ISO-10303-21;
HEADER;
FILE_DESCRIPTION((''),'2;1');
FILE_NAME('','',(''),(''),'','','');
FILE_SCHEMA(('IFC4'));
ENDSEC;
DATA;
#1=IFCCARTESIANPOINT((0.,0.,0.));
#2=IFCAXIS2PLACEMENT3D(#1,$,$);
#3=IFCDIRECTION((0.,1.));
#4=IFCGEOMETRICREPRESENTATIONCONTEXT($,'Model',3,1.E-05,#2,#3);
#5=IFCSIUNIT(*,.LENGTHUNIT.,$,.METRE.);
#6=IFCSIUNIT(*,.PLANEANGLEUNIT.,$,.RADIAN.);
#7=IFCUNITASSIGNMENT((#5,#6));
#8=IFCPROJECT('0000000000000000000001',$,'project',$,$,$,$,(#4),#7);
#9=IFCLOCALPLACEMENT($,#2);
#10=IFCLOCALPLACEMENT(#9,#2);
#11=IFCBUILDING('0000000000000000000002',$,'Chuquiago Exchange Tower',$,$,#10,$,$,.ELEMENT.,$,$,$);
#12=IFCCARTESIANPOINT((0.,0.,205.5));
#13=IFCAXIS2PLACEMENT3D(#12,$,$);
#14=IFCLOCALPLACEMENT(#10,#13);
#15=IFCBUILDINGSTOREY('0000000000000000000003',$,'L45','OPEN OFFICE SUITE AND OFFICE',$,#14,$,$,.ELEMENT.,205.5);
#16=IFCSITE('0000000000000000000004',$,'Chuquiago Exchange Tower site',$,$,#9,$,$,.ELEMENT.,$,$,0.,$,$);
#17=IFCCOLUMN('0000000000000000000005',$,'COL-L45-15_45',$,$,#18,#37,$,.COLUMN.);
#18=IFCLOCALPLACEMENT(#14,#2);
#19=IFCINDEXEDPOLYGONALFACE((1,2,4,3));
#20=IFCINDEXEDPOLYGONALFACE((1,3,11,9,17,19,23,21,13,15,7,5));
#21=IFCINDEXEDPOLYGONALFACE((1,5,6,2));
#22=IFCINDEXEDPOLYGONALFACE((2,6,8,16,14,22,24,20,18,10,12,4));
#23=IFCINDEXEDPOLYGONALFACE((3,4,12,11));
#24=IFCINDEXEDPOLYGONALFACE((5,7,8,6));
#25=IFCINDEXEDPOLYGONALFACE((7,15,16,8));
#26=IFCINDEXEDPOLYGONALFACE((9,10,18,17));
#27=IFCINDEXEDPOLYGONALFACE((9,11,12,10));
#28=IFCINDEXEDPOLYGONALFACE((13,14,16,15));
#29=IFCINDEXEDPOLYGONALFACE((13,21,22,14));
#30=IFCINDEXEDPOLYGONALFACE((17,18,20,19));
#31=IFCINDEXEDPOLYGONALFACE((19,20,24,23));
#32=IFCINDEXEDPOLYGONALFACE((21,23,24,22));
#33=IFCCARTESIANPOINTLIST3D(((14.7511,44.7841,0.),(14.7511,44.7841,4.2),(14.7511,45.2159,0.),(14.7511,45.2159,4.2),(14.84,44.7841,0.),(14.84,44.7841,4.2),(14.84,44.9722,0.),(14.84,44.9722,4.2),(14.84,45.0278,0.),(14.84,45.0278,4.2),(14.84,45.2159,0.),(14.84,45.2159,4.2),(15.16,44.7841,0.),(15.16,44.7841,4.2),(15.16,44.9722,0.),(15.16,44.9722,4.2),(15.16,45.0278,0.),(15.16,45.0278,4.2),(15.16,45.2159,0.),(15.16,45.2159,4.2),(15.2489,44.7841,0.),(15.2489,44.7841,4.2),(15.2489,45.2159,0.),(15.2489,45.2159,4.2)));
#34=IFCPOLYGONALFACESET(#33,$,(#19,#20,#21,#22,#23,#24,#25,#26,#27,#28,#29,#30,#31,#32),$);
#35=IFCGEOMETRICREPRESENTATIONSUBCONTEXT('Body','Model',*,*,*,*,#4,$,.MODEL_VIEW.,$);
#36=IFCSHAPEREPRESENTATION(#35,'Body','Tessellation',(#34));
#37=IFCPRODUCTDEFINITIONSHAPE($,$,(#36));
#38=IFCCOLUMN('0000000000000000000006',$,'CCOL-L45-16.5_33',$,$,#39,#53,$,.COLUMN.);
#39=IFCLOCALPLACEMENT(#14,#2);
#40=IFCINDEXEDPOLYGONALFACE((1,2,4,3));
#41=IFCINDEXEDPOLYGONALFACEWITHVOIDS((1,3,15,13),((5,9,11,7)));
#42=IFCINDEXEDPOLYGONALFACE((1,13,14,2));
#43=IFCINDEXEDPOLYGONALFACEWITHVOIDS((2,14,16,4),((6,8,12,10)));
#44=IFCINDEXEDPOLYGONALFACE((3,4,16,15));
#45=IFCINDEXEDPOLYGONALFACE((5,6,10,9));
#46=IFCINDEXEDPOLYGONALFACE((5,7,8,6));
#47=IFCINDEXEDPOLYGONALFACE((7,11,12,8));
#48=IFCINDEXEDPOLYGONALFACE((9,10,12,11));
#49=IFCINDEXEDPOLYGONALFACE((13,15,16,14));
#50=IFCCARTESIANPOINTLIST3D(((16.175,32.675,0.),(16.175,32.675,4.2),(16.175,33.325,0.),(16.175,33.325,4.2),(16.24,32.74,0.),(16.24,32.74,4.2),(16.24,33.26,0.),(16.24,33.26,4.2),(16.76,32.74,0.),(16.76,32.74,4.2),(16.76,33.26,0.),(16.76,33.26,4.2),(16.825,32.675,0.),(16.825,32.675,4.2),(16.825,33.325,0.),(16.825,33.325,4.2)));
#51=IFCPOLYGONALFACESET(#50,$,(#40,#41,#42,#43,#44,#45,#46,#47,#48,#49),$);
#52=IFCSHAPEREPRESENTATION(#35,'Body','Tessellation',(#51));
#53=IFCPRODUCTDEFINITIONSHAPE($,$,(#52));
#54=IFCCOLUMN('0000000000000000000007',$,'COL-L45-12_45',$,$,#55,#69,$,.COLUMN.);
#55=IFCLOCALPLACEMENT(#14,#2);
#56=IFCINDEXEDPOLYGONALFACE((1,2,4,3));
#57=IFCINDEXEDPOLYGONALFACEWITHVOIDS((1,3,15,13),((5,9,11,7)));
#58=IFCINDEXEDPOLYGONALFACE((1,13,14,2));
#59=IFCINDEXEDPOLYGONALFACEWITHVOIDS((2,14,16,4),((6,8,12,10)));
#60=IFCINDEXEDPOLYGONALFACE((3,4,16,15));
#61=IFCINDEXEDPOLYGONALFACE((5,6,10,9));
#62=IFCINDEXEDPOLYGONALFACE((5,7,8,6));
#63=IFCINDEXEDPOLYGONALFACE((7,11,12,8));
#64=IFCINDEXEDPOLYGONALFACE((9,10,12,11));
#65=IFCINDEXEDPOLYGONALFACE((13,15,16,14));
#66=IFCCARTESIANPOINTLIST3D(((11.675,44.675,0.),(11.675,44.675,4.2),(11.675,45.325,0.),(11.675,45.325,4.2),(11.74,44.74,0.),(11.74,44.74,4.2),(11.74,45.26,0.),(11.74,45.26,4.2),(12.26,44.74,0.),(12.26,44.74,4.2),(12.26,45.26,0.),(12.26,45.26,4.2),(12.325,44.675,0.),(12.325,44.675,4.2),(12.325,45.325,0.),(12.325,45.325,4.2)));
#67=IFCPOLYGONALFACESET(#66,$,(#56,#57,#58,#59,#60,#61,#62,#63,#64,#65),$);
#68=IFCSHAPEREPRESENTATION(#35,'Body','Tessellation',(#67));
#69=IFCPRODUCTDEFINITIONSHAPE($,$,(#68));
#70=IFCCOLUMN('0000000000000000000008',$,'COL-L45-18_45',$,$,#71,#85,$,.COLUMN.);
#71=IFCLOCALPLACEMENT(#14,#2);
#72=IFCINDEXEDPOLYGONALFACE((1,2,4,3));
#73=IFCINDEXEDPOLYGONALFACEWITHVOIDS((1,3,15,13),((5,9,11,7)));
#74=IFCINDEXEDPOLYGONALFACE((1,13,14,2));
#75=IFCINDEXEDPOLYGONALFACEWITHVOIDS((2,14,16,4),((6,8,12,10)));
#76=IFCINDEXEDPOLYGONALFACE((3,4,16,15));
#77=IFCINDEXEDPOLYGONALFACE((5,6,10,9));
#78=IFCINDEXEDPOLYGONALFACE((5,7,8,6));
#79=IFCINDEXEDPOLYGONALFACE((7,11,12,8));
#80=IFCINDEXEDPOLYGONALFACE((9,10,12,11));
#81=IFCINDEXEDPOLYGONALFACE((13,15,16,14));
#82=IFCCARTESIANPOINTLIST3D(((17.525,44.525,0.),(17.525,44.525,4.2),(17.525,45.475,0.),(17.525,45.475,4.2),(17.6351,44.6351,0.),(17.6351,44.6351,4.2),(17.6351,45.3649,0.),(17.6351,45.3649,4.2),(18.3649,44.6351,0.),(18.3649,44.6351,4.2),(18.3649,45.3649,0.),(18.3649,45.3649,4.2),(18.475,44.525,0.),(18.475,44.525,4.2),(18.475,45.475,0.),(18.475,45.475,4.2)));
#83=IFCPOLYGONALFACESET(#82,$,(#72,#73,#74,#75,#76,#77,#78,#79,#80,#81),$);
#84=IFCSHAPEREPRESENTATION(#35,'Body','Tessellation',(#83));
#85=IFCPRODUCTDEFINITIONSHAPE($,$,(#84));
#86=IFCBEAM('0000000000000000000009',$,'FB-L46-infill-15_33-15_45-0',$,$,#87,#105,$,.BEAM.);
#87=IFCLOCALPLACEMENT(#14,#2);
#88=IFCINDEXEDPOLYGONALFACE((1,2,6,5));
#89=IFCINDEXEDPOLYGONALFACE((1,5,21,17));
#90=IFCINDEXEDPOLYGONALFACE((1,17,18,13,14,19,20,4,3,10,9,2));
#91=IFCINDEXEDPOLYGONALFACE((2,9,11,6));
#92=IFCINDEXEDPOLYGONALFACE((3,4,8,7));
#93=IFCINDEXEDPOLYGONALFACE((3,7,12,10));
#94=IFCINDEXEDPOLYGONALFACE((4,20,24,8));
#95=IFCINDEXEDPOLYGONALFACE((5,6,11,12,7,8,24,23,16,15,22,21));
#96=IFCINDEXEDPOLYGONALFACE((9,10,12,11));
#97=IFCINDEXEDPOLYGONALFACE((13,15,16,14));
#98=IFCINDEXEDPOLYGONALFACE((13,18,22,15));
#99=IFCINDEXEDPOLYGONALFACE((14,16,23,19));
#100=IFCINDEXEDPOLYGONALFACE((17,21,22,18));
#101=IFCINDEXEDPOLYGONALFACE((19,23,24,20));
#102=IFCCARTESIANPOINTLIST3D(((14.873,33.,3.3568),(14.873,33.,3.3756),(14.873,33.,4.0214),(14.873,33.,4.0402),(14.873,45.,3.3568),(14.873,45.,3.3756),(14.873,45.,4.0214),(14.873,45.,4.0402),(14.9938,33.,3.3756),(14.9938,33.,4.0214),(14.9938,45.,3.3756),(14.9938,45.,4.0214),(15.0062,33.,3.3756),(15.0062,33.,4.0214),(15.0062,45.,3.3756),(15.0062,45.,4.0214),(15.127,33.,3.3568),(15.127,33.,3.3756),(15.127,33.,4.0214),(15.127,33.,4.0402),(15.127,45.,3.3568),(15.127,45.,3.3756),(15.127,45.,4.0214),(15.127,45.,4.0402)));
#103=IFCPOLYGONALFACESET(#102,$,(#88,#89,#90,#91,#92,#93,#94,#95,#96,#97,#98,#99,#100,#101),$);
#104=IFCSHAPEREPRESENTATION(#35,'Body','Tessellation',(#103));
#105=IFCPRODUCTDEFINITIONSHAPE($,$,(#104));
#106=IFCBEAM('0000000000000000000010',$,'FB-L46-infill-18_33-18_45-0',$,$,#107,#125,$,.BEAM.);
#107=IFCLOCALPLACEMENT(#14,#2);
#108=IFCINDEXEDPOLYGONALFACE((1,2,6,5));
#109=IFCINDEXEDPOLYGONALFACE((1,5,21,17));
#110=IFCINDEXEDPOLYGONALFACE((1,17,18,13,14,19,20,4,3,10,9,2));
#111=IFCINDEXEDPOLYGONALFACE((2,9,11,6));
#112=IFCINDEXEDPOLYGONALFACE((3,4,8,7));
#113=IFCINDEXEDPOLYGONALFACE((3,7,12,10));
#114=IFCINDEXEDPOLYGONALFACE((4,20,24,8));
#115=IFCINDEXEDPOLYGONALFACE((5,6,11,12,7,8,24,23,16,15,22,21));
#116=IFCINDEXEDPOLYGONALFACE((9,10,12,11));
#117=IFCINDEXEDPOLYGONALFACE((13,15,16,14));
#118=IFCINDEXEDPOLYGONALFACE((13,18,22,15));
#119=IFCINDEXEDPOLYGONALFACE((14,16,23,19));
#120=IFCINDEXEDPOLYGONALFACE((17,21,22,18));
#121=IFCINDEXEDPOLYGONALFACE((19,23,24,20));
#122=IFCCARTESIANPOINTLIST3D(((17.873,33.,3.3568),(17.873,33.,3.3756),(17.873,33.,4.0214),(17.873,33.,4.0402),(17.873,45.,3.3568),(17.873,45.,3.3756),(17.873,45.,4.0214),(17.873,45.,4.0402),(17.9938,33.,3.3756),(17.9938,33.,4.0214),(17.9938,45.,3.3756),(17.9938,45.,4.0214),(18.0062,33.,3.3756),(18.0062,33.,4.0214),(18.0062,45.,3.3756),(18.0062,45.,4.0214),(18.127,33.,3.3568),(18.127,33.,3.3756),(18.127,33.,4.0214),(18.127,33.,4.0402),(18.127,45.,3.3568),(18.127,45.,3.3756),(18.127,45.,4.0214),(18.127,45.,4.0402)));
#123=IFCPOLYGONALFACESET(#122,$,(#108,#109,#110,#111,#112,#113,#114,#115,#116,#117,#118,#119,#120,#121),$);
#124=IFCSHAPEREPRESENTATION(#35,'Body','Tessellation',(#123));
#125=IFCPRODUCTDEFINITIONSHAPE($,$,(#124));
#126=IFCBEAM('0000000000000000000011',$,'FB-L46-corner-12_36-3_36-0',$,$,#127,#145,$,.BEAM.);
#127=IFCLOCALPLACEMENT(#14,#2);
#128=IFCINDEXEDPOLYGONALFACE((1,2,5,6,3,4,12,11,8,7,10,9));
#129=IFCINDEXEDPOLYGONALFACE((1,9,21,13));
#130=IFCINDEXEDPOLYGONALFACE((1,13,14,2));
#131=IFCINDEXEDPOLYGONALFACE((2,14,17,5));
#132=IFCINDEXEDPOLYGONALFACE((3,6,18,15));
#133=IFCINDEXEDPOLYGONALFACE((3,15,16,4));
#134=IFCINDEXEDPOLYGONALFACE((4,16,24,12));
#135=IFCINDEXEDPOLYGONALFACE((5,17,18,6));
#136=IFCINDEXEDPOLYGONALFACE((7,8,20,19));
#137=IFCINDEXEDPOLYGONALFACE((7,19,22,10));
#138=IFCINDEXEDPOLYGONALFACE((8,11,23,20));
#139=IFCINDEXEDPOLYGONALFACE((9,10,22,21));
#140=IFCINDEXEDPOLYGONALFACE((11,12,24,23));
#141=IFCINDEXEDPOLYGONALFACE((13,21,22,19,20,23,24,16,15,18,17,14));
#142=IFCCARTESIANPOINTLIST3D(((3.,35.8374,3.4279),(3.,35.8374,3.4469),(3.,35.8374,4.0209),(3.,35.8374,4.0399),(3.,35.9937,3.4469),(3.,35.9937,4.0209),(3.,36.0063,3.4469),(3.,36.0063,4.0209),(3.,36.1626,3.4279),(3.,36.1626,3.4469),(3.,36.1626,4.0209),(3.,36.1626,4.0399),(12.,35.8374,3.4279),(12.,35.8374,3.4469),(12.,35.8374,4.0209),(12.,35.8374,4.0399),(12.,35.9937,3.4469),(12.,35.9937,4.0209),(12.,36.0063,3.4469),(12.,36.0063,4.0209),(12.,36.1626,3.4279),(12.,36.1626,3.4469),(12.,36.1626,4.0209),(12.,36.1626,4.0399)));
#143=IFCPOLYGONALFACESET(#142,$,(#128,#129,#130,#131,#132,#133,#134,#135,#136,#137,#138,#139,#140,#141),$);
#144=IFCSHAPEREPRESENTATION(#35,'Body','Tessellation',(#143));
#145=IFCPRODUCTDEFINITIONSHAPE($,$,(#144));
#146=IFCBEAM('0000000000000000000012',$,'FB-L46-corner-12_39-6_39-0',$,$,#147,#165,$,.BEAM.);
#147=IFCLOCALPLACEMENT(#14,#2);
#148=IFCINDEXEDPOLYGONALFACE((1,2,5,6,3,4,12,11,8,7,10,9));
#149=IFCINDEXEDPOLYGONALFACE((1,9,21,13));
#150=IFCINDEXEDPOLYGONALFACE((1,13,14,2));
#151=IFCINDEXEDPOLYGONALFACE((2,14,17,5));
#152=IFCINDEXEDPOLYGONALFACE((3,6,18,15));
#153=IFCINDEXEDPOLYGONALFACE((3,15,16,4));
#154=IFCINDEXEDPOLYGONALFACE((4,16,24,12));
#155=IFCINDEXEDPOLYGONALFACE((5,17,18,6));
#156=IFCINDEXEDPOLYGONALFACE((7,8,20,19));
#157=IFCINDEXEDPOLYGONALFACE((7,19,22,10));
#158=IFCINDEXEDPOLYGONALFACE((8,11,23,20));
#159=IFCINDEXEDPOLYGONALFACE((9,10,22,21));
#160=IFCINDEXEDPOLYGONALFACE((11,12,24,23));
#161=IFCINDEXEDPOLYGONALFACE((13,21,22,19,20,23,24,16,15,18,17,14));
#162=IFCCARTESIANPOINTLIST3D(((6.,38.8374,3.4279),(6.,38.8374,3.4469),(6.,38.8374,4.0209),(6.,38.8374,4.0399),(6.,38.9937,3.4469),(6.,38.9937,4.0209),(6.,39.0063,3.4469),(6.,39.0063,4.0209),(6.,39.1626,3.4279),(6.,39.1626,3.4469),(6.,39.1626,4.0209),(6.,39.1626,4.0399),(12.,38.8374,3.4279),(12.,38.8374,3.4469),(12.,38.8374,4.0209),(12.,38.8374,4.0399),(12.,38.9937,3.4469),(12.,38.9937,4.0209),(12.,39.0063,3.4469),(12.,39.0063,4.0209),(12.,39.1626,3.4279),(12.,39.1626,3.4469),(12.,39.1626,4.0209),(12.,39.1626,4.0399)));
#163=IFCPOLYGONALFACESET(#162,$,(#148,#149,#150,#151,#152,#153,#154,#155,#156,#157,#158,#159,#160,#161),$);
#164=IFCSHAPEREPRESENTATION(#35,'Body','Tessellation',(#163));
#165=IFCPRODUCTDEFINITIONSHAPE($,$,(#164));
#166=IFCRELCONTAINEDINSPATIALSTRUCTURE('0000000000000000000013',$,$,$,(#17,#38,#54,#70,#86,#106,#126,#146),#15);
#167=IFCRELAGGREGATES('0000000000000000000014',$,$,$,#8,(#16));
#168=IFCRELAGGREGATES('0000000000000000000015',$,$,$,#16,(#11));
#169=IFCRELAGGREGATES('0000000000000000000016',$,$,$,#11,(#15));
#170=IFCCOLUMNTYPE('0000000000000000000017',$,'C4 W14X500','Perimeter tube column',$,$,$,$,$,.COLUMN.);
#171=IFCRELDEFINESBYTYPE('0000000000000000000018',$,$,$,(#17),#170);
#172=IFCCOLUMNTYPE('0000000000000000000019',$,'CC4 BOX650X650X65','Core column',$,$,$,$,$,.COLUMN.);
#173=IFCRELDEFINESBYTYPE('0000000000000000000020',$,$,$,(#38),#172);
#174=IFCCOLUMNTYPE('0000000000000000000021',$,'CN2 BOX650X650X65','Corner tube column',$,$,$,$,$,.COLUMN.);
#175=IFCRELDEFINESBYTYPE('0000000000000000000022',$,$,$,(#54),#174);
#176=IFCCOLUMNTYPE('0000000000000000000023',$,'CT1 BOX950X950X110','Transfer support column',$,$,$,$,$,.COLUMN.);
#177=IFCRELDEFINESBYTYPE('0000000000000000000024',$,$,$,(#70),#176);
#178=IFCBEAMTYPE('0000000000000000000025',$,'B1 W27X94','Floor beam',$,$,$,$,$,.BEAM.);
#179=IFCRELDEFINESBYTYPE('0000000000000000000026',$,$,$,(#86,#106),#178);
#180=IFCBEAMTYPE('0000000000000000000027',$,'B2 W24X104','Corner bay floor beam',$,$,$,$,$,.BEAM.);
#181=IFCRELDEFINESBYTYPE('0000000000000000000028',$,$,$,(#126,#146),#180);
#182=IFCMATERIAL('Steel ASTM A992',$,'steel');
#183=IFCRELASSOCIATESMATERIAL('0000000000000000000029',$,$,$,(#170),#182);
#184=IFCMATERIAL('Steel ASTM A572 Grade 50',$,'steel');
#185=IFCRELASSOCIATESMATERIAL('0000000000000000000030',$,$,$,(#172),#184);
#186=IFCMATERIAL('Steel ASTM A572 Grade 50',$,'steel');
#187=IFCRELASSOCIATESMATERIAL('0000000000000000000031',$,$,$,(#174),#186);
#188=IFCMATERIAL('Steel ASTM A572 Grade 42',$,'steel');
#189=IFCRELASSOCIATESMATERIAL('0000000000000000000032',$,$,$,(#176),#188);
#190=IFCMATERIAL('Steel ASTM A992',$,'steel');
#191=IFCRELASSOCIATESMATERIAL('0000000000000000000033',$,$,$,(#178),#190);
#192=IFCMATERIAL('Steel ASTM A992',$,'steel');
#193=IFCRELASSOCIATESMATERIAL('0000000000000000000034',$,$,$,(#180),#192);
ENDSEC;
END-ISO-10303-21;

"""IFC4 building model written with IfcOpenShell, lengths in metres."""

from ifc_helpers import new_model, si_unit, direction, frame, origin, origin_2d, place, context, subcontext, project, spatial, hollow_rectangle, i_section, extrude, material, material_profile, profile_set, type_object, element, save


model = new_model("IFC4")

# Units and contexts
model_context = context("Model", 3, precision=1e-05, world=origin(), true_north=direction((0.0, 1.0)))
body_context = subcontext(model_context, "Body", "Model", "MODEL_VIEW")
ifc_project = project(units=[si_unit("LENGTHUNIT", "METRE"), si_unit("PLANEANGLEUNIT", "RADIAN")], contexts=[model_context])

# Site, building, storey
site_placement = place(None, origin())
site = spatial("IfcSite", under=ifc_project, at=site_placement, Name="Chuquiago Exchange Tower site", CompositionType="ELEMENT", RefElevation=0.0)
building_placement = place(site_placement, origin())
building = spatial("IfcBuilding", under=site, at=building_placement, Name="Chuquiago Exchange Tower", CompositionType="ELEMENT")
storey_placement = place(building_placement, frame((0.0, 0.0, 205.5)))
storey = spatial("IfcBuildingStorey", under=building, at=storey_placement, Name="L45", Description="OPEN OFFICE SUITE AND OFFICE", CompositionType="ELEMENT", Elevation=205.5)

# Columns
ifc_material_1 = material(Name="Steel ASTM A992", Category="steel")
ifc_material_profile_1 = material_profile(ifc_material_1, i_section(OverallWidth=0.4319, OverallDepth=0.4978, WebThickness=0.0557, FlangeThickness=0.0889, at=origin_2d()), Name="W14X500")
ifc_profile_set_1 = profile_set([ifc_material_profile_1], Name="Steel ASTM A992")
column_type_1 = type_object("IfcColumnType", Name="C4 W14X500", Description="Perimeter tube column", PredefinedType="COLUMN", material=ifc_profile_set_1)
column_1_placement = place(storey_placement, frame((15.0, 45.0, 0.0), z_axis=(0.0, 0.0, 1.0), x_axis=(0.0, 1.0, 0.0)))
element("IfcColumn", 1, at=column_1_placement, inside=storey, type_object=column_type_1, Name="COL-L45-15_45", PredefinedType="COLUMN", context=body_context, shape_type="SweptSolid", body=[
    extrude(i_section(OverallWidth=0.4319, OverallDepth=0.4978, WebThickness=0.0557, FlangeThickness=0.0889, at=origin_2d()), origin(), (0.0, 0.0, 1.0), 4.2),
])
ifc_material_2 = material(Name="Steel ASTM A572 Grade 50", Category="steel")
ifc_material_profile_2 = material_profile(ifc_material_2, hollow_rectangle(XDim=0.6499, YDim=0.6499, WallThickness=0.0649, at=origin_2d()), Name="BOX650X650X65")
ifc_profile_set_2 = profile_set([ifc_material_profile_2], Name="Steel ASTM A572 Grade 50")
column_type_2 = type_object("IfcColumnType", Name="CC4 BOX650X650X65", Description="Core column", PredefinedType="COLUMN", material=ifc_profile_set_2)
column_2_placement = place(storey_placement, frame((16.5, 33.0, 0.0), z_axis=(0.0, 0.0, 1.0), x_axis=(1.0, 0.0, 0.0)))
element("IfcColumn", 2, at=column_2_placement, inside=storey, type_object=column_type_2, Name="CCOL-L45-16.5_33", PredefinedType="COLUMN", context=body_context, shape_type="SweptSolid", body=[
    extrude(hollow_rectangle(XDim=0.6499, YDim=0.6499, WallThickness=0.0649, at=origin_2d()), origin(), (0.0, 0.0, 1.0), 4.2),
])
ifc_material_3 = material(Name="Steel ASTM A572 Grade 50", Category="steel")
ifc_material_profile_3 = material_profile(ifc_material_3, hollow_rectangle(XDim=0.6499, YDim=0.6499, WallThickness=0.0649, at=origin_2d()), Name="BOX650X650X65")
ifc_profile_set_3 = profile_set([ifc_material_profile_3], Name="Steel ASTM A572 Grade 50")
column_type_3 = type_object("IfcColumnType", Name="CN2 BOX650X650X65", Description="Corner tube column", PredefinedType="COLUMN", material=ifc_profile_set_3)
column_3_placement = place(storey_placement, frame((12.0, 45.0, 0.0), z_axis=(0.0, 0.0, 1.0), x_axis=(0.0, 1.0, 0.0)))
element("IfcColumn", 3, at=column_3_placement, inside=storey, type_object=column_type_3, Name="COL-L45-12_45", PredefinedType="COLUMN", context=body_context, shape_type="SweptSolid", body=[
    extrude(hollow_rectangle(XDim=0.6499, YDim=0.6499, WallThickness=0.0649, at=origin_2d()), origin(), (0.0, 0.0, 1.0), 4.2),
])
ifc_material_4 = material(Name="Steel ASTM A572 Grade 42", Category="steel")
ifc_material_profile_4 = material_profile(ifc_material_4, hollow_rectangle(XDim=0.95, YDim=0.95, WallThickness=0.1101, at=origin_2d()), Name="BOX950X950X110")
ifc_profile_set_4 = profile_set([ifc_material_profile_4], Name="Steel ASTM A572 Grade 42")
column_type_4 = type_object("IfcColumnType", Name="CT1 BOX950X950X110", Description="Transfer support column", PredefinedType="COLUMN", material=ifc_profile_set_4)
column_4_placement = place(storey_placement, frame((18.0, 45.0, 0.0), z_axis=(0.0, 0.0, 1.0), x_axis=(0.0, 1.0, 0.0)))
element("IfcColumn", 4, at=column_4_placement, inside=storey, type_object=column_type_4, Name="COL-L45-18_45", PredefinedType="COLUMN", context=body_context, shape_type="SweptSolid", body=[
    extrude(hollow_rectangle(XDim=0.95, YDim=0.95, WallThickness=0.1101, at=origin_2d()), origin(), (0.0, 0.0, 1.0), 4.2),
])

# Beams
ifc_material_5 = material(Name="Steel ASTM A992", Category="steel")
ifc_material_profile_5 = material_profile(ifc_material_5, i_section(OverallWidth=0.2539, OverallDepth=0.6833, WebThickness=0.0125, FlangeThickness=0.0188, at=origin_2d()), Name="W27X94")
ifc_profile_set_5 = profile_set([ifc_material_profile_5], Name="Steel ASTM A992")
beam_type_1 = type_object("IfcBeamType", Name="B1 W27X94", Description="Floor beam", PredefinedType="BEAM", material=ifc_profile_set_5)
for number, where, z_axis, x_axis, name in (
    (5, (15.0, 33.0, 3.6985), (0.0, 1.0, 0.0), (-1.0, 0.0, 0.0), "FB-L46-infill-15_33-15_45-0"),
    (6, (18.0, 33.0, 3.6985), (0.0, 1.0, 0.0), (-1.0, 0.0, 0.0), "FB-L46-infill-18_33-18_45-0"),
):
    element("IfcBeam", number, at=place(storey_placement, frame(where, z_axis=z_axis, x_axis=x_axis)), inside=storey, type_object=beam_type_1, Name=name, PredefinedType="BEAM", context=body_context, shape_type="SweptSolid", body=[
        extrude(i_section(OverallWidth=0.2539, OverallDepth=0.6833, WebThickness=0.0125, FlangeThickness=0.0188, at=origin_2d()), origin(), (0.0, 0.0, 1.0), 12.0),
    ])
ifc_material_6 = material(Name="Steel ASTM A992", Category="steel")
ifc_material_profile_6 = material_profile(ifc_material_6, i_section(OverallWidth=0.3252, OverallDepth=0.6121, WebThickness=0.0127, FlangeThickness=0.019, at=origin_2d()), Name="W24X104")
ifc_profile_set_6 = profile_set([ifc_material_profile_6], Name="Steel ASTM A992")
beam_type_2 = type_object("IfcBeamType", Name="B2 W24X104", Description="Corner bay floor beam", PredefinedType="BEAM", material=ifc_profile_set_6)
beam_1_placement = place(storey_placement, frame((12.0, 36.0, 3.7339), z_axis=(-1.0, 0.0, 0.0), x_axis=(0.0, -1.0, 0.0)))
element("IfcBeam", 7, at=beam_1_placement, inside=storey, type_object=beam_type_2, Name="FB-L46-corner-12_36-3_36-0", PredefinedType="BEAM", context=body_context, shape_type="SweptSolid", body=[
    extrude(i_section(OverallWidth=0.3252, OverallDepth=0.6121, WebThickness=0.0127, FlangeThickness=0.019, at=origin_2d()), origin(), (0.0, 0.0, 1.0), 9.0),
])
beam_2_placement = place(storey_placement, frame((12.0, 39.0, 3.7339), z_axis=(-1.0, 0.0, 0.0), x_axis=(0.0, -1.0, 0.0)))
element("IfcBeam", 8, at=beam_2_placement, inside=storey, type_object=beam_type_2, Name="FB-L46-corner-12_39-6_39-0", PredefinedType="BEAM", context=body_context, shape_type="SweptSolid", body=[
    extrude(i_section(OverallWidth=0.3252, OverallDepth=0.6121, WebThickness=0.0127, FlangeThickness=0.019, at=origin_2d()), origin(), (0.0, 0.0, 1.0), 6.0),
])

save(model, "model.ifc")
